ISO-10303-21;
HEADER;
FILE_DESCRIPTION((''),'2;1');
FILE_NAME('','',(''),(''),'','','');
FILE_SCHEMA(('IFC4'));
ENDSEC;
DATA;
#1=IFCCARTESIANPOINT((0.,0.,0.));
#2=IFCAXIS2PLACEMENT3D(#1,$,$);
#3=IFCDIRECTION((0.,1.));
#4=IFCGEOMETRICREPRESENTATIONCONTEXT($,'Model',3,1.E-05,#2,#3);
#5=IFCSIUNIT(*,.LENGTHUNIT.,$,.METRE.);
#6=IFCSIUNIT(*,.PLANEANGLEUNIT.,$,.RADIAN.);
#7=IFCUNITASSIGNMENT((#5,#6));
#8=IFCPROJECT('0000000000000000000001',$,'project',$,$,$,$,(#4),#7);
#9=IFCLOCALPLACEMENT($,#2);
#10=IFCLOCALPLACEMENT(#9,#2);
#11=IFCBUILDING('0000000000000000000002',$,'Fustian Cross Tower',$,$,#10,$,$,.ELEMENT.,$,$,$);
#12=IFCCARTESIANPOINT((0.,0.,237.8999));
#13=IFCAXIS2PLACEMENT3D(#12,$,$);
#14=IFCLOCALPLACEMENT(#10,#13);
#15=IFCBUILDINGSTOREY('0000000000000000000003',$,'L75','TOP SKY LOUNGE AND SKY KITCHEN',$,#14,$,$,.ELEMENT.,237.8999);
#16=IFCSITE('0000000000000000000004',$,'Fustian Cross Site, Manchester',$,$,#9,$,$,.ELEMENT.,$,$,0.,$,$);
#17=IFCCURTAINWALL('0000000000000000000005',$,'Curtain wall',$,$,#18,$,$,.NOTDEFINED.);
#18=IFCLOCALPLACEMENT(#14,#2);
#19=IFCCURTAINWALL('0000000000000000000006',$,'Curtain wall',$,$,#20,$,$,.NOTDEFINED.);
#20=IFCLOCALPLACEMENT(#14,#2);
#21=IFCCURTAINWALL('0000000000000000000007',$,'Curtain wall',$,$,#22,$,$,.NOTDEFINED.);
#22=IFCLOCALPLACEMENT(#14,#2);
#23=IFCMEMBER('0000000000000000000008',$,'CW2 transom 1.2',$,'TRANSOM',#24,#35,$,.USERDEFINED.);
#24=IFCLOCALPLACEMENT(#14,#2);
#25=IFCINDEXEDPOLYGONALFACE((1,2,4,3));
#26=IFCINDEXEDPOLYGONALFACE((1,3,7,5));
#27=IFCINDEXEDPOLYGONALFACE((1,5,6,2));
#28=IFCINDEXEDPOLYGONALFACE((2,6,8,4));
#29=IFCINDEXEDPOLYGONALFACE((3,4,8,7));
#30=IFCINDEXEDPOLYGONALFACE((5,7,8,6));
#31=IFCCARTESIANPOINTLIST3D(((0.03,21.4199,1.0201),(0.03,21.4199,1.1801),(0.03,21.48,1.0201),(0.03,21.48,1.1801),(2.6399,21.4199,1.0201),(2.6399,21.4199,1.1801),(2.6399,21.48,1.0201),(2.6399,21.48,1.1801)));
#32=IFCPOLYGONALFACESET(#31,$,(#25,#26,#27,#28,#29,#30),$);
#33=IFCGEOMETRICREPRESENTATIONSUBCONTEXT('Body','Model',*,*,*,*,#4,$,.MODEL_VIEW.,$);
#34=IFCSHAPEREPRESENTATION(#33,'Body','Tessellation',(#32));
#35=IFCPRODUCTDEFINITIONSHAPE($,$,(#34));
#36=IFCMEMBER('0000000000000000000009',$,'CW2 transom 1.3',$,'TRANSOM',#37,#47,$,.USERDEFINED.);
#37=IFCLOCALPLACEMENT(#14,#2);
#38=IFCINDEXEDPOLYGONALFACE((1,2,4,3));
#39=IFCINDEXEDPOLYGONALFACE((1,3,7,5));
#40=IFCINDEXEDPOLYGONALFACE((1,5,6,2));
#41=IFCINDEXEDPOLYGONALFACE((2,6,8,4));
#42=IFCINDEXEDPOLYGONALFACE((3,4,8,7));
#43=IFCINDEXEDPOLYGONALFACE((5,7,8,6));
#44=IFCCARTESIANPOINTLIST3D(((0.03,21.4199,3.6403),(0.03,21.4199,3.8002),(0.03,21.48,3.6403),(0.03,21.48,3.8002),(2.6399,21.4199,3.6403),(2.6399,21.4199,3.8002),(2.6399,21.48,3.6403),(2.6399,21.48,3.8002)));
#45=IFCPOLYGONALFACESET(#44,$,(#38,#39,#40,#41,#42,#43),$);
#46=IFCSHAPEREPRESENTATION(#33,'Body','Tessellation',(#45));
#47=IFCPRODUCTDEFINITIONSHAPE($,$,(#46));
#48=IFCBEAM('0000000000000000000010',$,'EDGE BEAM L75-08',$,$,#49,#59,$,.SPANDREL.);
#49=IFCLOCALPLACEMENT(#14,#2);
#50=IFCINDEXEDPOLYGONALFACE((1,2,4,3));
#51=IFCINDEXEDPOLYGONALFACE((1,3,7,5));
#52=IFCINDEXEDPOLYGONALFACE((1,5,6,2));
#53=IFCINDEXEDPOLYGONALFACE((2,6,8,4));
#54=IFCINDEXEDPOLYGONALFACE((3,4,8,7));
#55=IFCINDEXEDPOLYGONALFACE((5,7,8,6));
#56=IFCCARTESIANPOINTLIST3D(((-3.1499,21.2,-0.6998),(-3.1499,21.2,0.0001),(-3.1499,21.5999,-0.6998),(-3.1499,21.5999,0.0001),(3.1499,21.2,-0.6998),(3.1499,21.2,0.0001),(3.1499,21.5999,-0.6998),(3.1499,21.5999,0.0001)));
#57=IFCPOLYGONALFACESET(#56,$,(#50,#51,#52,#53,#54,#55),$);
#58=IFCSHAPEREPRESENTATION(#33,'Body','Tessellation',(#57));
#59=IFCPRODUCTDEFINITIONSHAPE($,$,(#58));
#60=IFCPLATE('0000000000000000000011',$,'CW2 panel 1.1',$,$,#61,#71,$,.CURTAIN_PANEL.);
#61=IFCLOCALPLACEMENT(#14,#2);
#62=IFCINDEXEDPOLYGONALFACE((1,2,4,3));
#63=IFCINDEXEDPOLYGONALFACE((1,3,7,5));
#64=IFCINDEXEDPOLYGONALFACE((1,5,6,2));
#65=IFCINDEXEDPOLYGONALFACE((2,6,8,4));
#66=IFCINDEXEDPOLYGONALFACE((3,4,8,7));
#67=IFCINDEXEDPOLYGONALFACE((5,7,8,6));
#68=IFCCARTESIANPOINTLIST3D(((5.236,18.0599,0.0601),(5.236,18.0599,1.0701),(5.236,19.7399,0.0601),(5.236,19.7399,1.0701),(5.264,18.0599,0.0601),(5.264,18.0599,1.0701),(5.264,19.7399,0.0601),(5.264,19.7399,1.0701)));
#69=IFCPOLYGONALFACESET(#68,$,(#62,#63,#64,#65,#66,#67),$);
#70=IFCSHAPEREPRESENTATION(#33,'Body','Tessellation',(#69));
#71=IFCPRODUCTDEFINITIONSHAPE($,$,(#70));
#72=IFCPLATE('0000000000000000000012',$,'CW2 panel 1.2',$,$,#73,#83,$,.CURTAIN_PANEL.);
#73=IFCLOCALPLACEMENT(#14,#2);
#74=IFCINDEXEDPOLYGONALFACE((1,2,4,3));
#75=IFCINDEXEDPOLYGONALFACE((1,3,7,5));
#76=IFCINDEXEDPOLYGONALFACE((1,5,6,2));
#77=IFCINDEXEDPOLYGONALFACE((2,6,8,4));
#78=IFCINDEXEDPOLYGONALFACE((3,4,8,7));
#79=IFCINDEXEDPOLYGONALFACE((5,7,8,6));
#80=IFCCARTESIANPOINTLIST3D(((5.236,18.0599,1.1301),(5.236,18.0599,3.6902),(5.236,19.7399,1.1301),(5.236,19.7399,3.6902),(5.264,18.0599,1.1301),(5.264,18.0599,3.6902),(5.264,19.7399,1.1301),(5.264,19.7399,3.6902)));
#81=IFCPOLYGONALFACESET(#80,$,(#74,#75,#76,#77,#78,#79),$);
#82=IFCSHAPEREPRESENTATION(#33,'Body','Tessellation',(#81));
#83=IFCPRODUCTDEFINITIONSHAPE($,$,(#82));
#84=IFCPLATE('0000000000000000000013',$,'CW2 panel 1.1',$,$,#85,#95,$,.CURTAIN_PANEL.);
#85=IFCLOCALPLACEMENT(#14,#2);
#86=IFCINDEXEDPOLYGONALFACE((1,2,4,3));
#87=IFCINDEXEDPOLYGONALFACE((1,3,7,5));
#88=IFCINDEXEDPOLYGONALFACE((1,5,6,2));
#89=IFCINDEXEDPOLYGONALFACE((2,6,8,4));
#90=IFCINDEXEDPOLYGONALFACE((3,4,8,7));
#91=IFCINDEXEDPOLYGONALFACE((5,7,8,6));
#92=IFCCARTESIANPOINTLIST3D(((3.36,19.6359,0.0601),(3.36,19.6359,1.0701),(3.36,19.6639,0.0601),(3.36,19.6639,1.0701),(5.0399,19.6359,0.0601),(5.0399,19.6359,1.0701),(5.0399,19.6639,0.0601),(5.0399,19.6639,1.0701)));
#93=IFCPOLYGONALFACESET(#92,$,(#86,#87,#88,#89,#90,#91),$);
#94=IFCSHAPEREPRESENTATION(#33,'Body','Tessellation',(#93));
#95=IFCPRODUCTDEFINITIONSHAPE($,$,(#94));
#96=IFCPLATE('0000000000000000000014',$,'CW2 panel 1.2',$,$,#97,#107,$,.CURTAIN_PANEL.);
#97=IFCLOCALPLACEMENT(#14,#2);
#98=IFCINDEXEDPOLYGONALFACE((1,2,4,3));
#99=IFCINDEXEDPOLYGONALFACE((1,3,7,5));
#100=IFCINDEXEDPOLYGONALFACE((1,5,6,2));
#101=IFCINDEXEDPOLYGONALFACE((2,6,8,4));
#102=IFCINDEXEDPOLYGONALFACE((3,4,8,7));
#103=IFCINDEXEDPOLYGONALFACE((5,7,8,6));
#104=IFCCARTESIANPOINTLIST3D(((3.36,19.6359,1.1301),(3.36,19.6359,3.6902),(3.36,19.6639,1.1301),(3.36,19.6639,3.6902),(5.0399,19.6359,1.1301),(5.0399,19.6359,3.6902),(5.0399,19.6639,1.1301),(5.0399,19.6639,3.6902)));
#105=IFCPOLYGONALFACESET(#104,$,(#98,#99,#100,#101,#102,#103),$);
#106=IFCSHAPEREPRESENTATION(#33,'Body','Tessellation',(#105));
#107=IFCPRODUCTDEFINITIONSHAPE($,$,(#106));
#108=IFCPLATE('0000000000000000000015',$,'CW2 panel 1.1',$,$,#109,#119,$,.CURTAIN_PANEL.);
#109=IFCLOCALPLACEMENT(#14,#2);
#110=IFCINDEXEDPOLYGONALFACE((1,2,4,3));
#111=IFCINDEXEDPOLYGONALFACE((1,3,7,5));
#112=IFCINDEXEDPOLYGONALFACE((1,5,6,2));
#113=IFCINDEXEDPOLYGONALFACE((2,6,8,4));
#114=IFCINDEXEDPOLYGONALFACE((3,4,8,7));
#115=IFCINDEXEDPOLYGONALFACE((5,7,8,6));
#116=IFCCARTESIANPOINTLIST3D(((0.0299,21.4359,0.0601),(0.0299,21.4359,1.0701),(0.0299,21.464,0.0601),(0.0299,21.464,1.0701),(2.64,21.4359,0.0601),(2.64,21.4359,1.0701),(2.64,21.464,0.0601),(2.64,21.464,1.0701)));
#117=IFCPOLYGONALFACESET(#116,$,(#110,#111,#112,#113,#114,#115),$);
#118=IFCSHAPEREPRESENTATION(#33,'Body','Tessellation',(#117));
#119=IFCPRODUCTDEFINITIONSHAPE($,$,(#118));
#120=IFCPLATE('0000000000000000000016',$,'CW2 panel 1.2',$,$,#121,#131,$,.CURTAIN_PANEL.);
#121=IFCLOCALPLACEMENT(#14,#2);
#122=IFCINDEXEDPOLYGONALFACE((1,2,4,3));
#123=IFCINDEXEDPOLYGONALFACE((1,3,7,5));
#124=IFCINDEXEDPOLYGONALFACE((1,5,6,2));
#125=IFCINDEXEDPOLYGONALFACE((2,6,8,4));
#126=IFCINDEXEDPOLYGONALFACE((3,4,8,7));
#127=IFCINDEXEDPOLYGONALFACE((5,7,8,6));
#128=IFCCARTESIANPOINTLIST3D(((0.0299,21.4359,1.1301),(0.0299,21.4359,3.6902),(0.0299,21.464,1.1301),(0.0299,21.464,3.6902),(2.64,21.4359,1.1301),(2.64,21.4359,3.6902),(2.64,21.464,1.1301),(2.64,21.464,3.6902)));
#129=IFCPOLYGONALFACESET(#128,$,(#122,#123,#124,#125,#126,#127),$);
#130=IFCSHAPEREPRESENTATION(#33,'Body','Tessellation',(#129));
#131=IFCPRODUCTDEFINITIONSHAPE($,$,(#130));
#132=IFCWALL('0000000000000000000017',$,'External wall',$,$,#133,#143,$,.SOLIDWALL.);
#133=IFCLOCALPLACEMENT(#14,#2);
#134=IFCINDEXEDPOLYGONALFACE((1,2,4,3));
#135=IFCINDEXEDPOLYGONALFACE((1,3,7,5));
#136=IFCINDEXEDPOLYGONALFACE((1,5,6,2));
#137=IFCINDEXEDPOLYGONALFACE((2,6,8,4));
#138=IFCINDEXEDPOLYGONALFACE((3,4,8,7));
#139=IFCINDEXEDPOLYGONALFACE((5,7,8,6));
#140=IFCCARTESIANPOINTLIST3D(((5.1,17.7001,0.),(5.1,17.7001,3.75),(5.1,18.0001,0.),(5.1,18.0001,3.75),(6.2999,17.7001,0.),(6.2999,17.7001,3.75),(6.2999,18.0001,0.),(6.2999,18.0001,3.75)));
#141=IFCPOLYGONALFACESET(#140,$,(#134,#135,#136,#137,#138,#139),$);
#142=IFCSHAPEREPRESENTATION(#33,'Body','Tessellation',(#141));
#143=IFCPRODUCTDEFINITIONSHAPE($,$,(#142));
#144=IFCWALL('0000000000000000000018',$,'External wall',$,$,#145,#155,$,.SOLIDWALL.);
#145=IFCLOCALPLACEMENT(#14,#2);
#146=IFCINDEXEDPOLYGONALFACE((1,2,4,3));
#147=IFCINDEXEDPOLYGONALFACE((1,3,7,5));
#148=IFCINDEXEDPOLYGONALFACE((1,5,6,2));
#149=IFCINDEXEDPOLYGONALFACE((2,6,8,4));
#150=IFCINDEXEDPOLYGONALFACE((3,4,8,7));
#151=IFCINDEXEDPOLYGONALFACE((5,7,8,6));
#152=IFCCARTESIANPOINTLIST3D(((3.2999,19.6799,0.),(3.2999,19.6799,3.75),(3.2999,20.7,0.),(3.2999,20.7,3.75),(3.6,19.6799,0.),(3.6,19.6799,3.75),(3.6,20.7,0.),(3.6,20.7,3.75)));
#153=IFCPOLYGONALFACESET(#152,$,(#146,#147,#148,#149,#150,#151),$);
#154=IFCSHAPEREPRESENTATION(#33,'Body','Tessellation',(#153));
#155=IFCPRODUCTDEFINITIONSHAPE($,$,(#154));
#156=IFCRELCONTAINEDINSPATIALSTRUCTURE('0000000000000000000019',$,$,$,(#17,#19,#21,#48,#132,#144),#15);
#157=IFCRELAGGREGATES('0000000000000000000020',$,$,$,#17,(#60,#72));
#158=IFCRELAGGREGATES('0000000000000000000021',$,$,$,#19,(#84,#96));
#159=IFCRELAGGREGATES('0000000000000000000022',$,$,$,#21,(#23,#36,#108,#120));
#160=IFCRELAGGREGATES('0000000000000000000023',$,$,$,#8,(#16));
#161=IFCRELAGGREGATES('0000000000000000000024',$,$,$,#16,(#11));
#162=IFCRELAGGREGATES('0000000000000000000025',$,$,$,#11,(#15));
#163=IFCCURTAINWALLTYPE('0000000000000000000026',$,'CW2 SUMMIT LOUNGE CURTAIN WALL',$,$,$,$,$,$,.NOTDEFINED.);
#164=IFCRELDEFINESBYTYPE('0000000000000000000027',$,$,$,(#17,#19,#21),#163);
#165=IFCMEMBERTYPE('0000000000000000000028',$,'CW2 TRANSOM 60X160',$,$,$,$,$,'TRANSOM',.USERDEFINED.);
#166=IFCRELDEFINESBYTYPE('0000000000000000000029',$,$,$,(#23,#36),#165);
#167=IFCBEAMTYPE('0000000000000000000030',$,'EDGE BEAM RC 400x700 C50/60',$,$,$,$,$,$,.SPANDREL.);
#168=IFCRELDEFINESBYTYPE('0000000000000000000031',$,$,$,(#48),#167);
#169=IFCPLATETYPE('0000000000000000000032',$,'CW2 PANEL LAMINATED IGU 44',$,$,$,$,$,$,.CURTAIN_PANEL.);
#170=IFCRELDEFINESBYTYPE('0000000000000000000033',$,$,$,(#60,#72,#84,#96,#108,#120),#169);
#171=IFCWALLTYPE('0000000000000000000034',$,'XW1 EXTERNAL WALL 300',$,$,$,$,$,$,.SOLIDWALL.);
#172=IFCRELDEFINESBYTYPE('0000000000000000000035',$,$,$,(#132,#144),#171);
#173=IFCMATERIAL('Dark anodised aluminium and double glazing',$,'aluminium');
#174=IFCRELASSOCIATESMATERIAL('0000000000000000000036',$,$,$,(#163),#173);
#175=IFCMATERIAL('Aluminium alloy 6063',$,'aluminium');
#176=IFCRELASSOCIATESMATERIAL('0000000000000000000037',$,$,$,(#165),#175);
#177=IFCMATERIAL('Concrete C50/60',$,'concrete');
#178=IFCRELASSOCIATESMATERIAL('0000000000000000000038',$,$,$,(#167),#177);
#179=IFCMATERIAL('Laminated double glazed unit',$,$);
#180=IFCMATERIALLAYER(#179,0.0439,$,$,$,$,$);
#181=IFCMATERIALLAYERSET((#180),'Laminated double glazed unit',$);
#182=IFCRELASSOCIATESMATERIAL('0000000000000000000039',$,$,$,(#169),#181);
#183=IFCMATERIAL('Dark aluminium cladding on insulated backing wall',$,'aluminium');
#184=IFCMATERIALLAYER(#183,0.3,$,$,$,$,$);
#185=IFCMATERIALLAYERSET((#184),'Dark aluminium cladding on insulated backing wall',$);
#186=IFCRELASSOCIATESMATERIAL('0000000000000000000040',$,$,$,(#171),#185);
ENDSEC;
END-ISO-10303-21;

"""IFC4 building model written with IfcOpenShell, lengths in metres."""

from ifc_helpers import new_model, si_unit, direction, frame, frame_2d, origin, origin_2d, place, context, subcontext, project, spatial, rectangle, extrude, material, layer, layer_set, material_profile, profile_set, type_object, element, aggregate, save


model = new_model("IFC4")

# Units and contexts
model_context = context("Model", 3, precision=1e-05, world=origin(), true_north=direction((0.0, 1.0)))
body_context = subcontext(model_context, "Body", "Model", "MODEL_VIEW")
ifc_project = project(units=[si_unit("LENGTHUNIT", "METRE"), si_unit("PLANEANGLEUNIT", "RADIAN")], contexts=[model_context])

# Site, building, storey
site_placement = place(None, origin())
site = spatial("IfcSite", under=ifc_project, at=site_placement, Name="Fustian Cross Site, Manchester", CompositionType="ELEMENT", RefElevation=0.0)
building_placement = place(site_placement, origin())
building = spatial("IfcBuilding", under=site, at=building_placement, Name="Fustian Cross Tower", CompositionType="ELEMENT")
storey_placement = place(building_placement, frame((0.0, 0.0, 237.8999)))
storey = spatial("IfcBuildingStorey", under=building, at=storey_placement, Name="L75", Description="TOP SKY LOUNGE AND SKY KITCHEN", CompositionType="ELEMENT", Elevation=237.8999)

# Curtain walls
ifc_material_1 = material(Name="Dark anodised aluminium and double glazing", Category="aluminium")
curtain_wall_type = type_object("IfcCurtainWallType", Name="CW2 SUMMIT LOUNGE CURTAIN WALL", PredefinedType="NOTDEFINED", material=ifc_material_1)
curtain_wall_1_placement = place(storey_placement, origin())
curtain_wall_1 = element("IfcCurtainWall", 1, at=curtain_wall_1_placement, inside=storey, type_object=curtain_wall_type, Name="Curtain wall", PredefinedType="NOTDEFINED")
curtain_wall_2_placement = place(storey_placement, origin())
curtain_wall_2 = element("IfcCurtainWall", 2, at=curtain_wall_2_placement, inside=storey, type_object=curtain_wall_type, Name="Curtain wall", PredefinedType="NOTDEFINED")

# Curtain wall
curtain_wall_3_placement = place(storey_placement, origin())
curtain_wall_3 = element("IfcCurtainWall", 3, at=curtain_wall_3_placement, inside=storey, type_object=curtain_wall_type, Name="Curtain wall", PredefinedType="NOTDEFINED")
ifc_material_2 = material(Name="Aluminium alloy 6063", Category="aluminium")
ifc_material_profile_1 = material_profile(ifc_material_2, rectangle(XDim=0.0601, YDim=0.1599, at=origin_2d()), Name="CW2 TRANSOM 60X160")
ifc_profile_set_1 = profile_set([ifc_material_profile_1], Name="Aluminium alloy 6063")
member_type_1 = type_object("IfcMemberType", Name="CW2 TRANSOM 60X160", ElementType="TRANSOM", PredefinedType="USERDEFINED", material=ifc_profile_set_1)

# Members
member_1_placement = place(storey_placement, frame((2.6399, 21.45, 1.1001), z_axis=(-1.0, 0.0, 0.0), x_axis=(0.0, -1.0, 0.0)))
member_1 = element("IfcMember", 4, at=member_1_placement, type_object=member_type_1, Name="CW2 transom 1.2", ObjectType="TRANSOM", PredefinedType="USERDEFINED", context=body_context, shape_type="SweptSolid", body=[
    extrude(rectangle(XDim=0.0601, YDim=0.1599, at=origin_2d()), origin(), (0.0, 0.0, 1.0), 2.6099),
])
member_2_placement = place(storey_placement, frame((2.6399, 21.45, 3.7202), z_axis=(-1.0, 0.0, 0.0), x_axis=(0.0, -1.0, 0.0)))
member_2 = element("IfcMember", 5, at=member_2_placement, type_object=member_type_1, Name="CW2 transom 1.3", ObjectType="TRANSOM", PredefinedType="USERDEFINED", context=body_context, shape_type="SweptSolid", body=[
    extrude(rectangle(XDim=0.0601, YDim=0.1599, at=origin_2d()), origin(), (0.0, 0.0, 1.0), 2.6099),
])

# Beam
ifc_material_3 = material(Name="Concrete C50/60", Category="concrete")
ifc_material_profile_2 = material_profile(ifc_material_3, rectangle(XDim=0.3999, YDim=0.7, at=origin_2d()), Name="RC 400x700")
ifc_profile_set_2 = profile_set([ifc_material_profile_2], Name="Concrete C50/60")
beam_type = type_object("IfcBeamType", Name="EDGE BEAM RC 400x700 C50/60", PredefinedType="SPANDREL", material=ifc_profile_set_2)
beam_placement = place(storey_placement, frame((3.1499, 21.3999, -0.3499), z_axis=(-1.0, 0.0, 0.0), x_axis=(0.0, -1.0, 0.0)))
element("IfcBeam", 6, at=beam_placement, inside=storey, type_object=beam_type, Name="EDGE BEAM L75-08", PredefinedType="SPANDREL", context=body_context, shape_type="SweptSolid", body=[
    extrude(rectangle(XDim=0.3999, YDim=0.7, at=origin_2d()), origin(), (0.0, 0.0, 1.0), 6.2998),
])

# Plates
ifc_material_4 = material(Name="Laminated double glazed unit")
ifc_layer_1 = layer(ifc_material_4, 0.0439)
ifc_layer_set_1 = layer_set([ifc_layer_1], Name="Laminated double glazed unit")
plate_type = type_object("IfcPlateType", Name="CW2 PANEL LAMINATED IGU 44", PredefinedType="CURTAIN_PANEL", material=ifc_layer_set_1)
plate_1_placement = place(storey_placement, frame((5.25, 18.8999, 0.0601), z_axis=(0.0, 0.0, 1.0), x_axis=(0.0, 1.0, 0.0)))
plate_1 = element("IfcPlate", 7, at=plate_1_placement, type_object=plate_type, Name="CW2 panel 1.1", PredefinedType="CURTAIN_PANEL", context=body_context, shape_type="SweptSolid", body=[
    extrude(rectangle(XDim=1.6799, YDim=0.0281, at=origin_2d()), origin(), (0.0, 0.0, 1.0), 1.01),
])
plate_2_placement = place(storey_placement, frame((5.25, 18.8999, 1.1301), z_axis=(0.0, 0.0, 1.0), x_axis=(0.0, 1.0, 0.0)))
plate_2 = element("IfcPlate", 8, at=plate_2_placement, type_object=plate_type, Name="CW2 panel 1.2", PredefinedType="CURTAIN_PANEL", context=body_context, shape_type="SweptSolid", body=[
    extrude(rectangle(XDim=1.6799, YDim=0.0281, at=origin_2d()), origin(), (0.0, 0.0, 1.0), 2.5601),
])
aggregate(curtain_wall_1, [plate_1, plate_2])
plate_3_placement = place(storey_placement, frame((4.2, 19.6499, 0.0601), z_axis=(0.0, 0.0, 1.0), x_axis=(-1.0, 0.0, 0.0)))
plate_3 = element("IfcPlate", 9, at=plate_3_placement, type_object=plate_type, Name="CW2 panel 1.1", PredefinedType="CURTAIN_PANEL", context=body_context, shape_type="SweptSolid", body=[
    extrude(rectangle(XDim=1.6799, YDim=0.0281, at=origin_2d()), origin(), (0.0, 0.0, 1.0), 1.01),
])
plate_4_placement = place(storey_placement, frame((4.2, 19.6499, 1.1301), z_axis=(0.0, 0.0, 1.0), x_axis=(-1.0, 0.0, 0.0)))
plate_4 = element("IfcPlate", 10, at=plate_4_placement, type_object=plate_type, Name="CW2 panel 1.2", PredefinedType="CURTAIN_PANEL", context=body_context, shape_type="SweptSolid", body=[
    extrude(rectangle(XDim=1.6799, YDim=0.0281, at=origin_2d()), origin(), (0.0, 0.0, 1.0), 2.5601),
])
aggregate(curtain_wall_2, [plate_3, plate_4])
plate_5_placement = place(storey_placement, frame((1.335, 21.45, 0.0601), z_axis=(0.0, 0.0, 1.0), x_axis=(-1.0, 0.0, 0.0)))
plate_5 = element("IfcPlate", 11, at=plate_5_placement, type_object=plate_type, Name="CW2 panel 1.1", PredefinedType="CURTAIN_PANEL", context=body_context, shape_type="SweptSolid", body=[
    extrude(rectangle(XDim=2.6101, YDim=0.0281, at=origin_2d()), origin(), (0.0, 0.0, 1.0), 1.01),
])
plate_6_placement = place(storey_placement, frame((1.335, 21.45, 1.1301), z_axis=(0.0, 0.0, 1.0), x_axis=(-1.0, 0.0, 0.0)))
plate_6 = element("IfcPlate", 12, at=plate_6_placement, type_object=plate_type, Name="CW2 panel 1.2", PredefinedType="CURTAIN_PANEL", context=body_context, shape_type="SweptSolid", body=[
    extrude(rectangle(XDim=2.6101, YDim=0.0281, at=origin_2d()), origin(), (0.0, 0.0, 1.0), 2.5601),
])
aggregate(curtain_wall_3, [member_1, member_2, plate_5, plate_6])

# Walls
ifc_material_5 = material(Name="Dark aluminium cladding on insulated backing wall", Category="aluminium")
ifc_layer_2 = layer(ifc_material_5, 0.3)
ifc_layer_set_2 = layer_set([ifc_layer_2], Name="Dark aluminium cladding on insulated backing wall")
wall_type = type_object("IfcWallType", Name="XW1 EXTERNAL WALL 300", PredefinedType="SOLIDWALL", material=ifc_layer_set_2)
wall_1_placement = place(storey_placement, frame((6.3, 17.8501, 0.0), z_axis=(0.0, 0.0, 1.0), x_axis=(-1.0, 0.0, 0.0)))
element("IfcWall", 13, at=wall_1_placement, inside=storey, type_object=wall_type, Name="External wall", PredefinedType="SOLIDWALL", context=body_context, shape_type="SweptSolid", body=[
    extrude(rectangle(XDim=1.2, YDim=0.3, at=frame_2d((0.6001, 0.0))), origin(), (0.0, 0.0, 1.0), 3.75),
])
wall_2_placement = place(storey_placement, frame((3.45, 19.6799, 0.0), z_axis=(0.0, 0.0, 1.0), x_axis=(0.0, 1.0, 0.0)))
element("IfcWall", 14, at=wall_2_placement, inside=storey, type_object=wall_type, Name="External wall", PredefinedType="SOLIDWALL", context=body_context, shape_type="SweptSolid", body=[
    extrude(rectangle(XDim=1.02, YDim=0.3, at=frame_2d((0.51, 0.0))), origin(), (0.0, 0.0, 1.0), 3.75),
])

save(model, "model.ifc")
